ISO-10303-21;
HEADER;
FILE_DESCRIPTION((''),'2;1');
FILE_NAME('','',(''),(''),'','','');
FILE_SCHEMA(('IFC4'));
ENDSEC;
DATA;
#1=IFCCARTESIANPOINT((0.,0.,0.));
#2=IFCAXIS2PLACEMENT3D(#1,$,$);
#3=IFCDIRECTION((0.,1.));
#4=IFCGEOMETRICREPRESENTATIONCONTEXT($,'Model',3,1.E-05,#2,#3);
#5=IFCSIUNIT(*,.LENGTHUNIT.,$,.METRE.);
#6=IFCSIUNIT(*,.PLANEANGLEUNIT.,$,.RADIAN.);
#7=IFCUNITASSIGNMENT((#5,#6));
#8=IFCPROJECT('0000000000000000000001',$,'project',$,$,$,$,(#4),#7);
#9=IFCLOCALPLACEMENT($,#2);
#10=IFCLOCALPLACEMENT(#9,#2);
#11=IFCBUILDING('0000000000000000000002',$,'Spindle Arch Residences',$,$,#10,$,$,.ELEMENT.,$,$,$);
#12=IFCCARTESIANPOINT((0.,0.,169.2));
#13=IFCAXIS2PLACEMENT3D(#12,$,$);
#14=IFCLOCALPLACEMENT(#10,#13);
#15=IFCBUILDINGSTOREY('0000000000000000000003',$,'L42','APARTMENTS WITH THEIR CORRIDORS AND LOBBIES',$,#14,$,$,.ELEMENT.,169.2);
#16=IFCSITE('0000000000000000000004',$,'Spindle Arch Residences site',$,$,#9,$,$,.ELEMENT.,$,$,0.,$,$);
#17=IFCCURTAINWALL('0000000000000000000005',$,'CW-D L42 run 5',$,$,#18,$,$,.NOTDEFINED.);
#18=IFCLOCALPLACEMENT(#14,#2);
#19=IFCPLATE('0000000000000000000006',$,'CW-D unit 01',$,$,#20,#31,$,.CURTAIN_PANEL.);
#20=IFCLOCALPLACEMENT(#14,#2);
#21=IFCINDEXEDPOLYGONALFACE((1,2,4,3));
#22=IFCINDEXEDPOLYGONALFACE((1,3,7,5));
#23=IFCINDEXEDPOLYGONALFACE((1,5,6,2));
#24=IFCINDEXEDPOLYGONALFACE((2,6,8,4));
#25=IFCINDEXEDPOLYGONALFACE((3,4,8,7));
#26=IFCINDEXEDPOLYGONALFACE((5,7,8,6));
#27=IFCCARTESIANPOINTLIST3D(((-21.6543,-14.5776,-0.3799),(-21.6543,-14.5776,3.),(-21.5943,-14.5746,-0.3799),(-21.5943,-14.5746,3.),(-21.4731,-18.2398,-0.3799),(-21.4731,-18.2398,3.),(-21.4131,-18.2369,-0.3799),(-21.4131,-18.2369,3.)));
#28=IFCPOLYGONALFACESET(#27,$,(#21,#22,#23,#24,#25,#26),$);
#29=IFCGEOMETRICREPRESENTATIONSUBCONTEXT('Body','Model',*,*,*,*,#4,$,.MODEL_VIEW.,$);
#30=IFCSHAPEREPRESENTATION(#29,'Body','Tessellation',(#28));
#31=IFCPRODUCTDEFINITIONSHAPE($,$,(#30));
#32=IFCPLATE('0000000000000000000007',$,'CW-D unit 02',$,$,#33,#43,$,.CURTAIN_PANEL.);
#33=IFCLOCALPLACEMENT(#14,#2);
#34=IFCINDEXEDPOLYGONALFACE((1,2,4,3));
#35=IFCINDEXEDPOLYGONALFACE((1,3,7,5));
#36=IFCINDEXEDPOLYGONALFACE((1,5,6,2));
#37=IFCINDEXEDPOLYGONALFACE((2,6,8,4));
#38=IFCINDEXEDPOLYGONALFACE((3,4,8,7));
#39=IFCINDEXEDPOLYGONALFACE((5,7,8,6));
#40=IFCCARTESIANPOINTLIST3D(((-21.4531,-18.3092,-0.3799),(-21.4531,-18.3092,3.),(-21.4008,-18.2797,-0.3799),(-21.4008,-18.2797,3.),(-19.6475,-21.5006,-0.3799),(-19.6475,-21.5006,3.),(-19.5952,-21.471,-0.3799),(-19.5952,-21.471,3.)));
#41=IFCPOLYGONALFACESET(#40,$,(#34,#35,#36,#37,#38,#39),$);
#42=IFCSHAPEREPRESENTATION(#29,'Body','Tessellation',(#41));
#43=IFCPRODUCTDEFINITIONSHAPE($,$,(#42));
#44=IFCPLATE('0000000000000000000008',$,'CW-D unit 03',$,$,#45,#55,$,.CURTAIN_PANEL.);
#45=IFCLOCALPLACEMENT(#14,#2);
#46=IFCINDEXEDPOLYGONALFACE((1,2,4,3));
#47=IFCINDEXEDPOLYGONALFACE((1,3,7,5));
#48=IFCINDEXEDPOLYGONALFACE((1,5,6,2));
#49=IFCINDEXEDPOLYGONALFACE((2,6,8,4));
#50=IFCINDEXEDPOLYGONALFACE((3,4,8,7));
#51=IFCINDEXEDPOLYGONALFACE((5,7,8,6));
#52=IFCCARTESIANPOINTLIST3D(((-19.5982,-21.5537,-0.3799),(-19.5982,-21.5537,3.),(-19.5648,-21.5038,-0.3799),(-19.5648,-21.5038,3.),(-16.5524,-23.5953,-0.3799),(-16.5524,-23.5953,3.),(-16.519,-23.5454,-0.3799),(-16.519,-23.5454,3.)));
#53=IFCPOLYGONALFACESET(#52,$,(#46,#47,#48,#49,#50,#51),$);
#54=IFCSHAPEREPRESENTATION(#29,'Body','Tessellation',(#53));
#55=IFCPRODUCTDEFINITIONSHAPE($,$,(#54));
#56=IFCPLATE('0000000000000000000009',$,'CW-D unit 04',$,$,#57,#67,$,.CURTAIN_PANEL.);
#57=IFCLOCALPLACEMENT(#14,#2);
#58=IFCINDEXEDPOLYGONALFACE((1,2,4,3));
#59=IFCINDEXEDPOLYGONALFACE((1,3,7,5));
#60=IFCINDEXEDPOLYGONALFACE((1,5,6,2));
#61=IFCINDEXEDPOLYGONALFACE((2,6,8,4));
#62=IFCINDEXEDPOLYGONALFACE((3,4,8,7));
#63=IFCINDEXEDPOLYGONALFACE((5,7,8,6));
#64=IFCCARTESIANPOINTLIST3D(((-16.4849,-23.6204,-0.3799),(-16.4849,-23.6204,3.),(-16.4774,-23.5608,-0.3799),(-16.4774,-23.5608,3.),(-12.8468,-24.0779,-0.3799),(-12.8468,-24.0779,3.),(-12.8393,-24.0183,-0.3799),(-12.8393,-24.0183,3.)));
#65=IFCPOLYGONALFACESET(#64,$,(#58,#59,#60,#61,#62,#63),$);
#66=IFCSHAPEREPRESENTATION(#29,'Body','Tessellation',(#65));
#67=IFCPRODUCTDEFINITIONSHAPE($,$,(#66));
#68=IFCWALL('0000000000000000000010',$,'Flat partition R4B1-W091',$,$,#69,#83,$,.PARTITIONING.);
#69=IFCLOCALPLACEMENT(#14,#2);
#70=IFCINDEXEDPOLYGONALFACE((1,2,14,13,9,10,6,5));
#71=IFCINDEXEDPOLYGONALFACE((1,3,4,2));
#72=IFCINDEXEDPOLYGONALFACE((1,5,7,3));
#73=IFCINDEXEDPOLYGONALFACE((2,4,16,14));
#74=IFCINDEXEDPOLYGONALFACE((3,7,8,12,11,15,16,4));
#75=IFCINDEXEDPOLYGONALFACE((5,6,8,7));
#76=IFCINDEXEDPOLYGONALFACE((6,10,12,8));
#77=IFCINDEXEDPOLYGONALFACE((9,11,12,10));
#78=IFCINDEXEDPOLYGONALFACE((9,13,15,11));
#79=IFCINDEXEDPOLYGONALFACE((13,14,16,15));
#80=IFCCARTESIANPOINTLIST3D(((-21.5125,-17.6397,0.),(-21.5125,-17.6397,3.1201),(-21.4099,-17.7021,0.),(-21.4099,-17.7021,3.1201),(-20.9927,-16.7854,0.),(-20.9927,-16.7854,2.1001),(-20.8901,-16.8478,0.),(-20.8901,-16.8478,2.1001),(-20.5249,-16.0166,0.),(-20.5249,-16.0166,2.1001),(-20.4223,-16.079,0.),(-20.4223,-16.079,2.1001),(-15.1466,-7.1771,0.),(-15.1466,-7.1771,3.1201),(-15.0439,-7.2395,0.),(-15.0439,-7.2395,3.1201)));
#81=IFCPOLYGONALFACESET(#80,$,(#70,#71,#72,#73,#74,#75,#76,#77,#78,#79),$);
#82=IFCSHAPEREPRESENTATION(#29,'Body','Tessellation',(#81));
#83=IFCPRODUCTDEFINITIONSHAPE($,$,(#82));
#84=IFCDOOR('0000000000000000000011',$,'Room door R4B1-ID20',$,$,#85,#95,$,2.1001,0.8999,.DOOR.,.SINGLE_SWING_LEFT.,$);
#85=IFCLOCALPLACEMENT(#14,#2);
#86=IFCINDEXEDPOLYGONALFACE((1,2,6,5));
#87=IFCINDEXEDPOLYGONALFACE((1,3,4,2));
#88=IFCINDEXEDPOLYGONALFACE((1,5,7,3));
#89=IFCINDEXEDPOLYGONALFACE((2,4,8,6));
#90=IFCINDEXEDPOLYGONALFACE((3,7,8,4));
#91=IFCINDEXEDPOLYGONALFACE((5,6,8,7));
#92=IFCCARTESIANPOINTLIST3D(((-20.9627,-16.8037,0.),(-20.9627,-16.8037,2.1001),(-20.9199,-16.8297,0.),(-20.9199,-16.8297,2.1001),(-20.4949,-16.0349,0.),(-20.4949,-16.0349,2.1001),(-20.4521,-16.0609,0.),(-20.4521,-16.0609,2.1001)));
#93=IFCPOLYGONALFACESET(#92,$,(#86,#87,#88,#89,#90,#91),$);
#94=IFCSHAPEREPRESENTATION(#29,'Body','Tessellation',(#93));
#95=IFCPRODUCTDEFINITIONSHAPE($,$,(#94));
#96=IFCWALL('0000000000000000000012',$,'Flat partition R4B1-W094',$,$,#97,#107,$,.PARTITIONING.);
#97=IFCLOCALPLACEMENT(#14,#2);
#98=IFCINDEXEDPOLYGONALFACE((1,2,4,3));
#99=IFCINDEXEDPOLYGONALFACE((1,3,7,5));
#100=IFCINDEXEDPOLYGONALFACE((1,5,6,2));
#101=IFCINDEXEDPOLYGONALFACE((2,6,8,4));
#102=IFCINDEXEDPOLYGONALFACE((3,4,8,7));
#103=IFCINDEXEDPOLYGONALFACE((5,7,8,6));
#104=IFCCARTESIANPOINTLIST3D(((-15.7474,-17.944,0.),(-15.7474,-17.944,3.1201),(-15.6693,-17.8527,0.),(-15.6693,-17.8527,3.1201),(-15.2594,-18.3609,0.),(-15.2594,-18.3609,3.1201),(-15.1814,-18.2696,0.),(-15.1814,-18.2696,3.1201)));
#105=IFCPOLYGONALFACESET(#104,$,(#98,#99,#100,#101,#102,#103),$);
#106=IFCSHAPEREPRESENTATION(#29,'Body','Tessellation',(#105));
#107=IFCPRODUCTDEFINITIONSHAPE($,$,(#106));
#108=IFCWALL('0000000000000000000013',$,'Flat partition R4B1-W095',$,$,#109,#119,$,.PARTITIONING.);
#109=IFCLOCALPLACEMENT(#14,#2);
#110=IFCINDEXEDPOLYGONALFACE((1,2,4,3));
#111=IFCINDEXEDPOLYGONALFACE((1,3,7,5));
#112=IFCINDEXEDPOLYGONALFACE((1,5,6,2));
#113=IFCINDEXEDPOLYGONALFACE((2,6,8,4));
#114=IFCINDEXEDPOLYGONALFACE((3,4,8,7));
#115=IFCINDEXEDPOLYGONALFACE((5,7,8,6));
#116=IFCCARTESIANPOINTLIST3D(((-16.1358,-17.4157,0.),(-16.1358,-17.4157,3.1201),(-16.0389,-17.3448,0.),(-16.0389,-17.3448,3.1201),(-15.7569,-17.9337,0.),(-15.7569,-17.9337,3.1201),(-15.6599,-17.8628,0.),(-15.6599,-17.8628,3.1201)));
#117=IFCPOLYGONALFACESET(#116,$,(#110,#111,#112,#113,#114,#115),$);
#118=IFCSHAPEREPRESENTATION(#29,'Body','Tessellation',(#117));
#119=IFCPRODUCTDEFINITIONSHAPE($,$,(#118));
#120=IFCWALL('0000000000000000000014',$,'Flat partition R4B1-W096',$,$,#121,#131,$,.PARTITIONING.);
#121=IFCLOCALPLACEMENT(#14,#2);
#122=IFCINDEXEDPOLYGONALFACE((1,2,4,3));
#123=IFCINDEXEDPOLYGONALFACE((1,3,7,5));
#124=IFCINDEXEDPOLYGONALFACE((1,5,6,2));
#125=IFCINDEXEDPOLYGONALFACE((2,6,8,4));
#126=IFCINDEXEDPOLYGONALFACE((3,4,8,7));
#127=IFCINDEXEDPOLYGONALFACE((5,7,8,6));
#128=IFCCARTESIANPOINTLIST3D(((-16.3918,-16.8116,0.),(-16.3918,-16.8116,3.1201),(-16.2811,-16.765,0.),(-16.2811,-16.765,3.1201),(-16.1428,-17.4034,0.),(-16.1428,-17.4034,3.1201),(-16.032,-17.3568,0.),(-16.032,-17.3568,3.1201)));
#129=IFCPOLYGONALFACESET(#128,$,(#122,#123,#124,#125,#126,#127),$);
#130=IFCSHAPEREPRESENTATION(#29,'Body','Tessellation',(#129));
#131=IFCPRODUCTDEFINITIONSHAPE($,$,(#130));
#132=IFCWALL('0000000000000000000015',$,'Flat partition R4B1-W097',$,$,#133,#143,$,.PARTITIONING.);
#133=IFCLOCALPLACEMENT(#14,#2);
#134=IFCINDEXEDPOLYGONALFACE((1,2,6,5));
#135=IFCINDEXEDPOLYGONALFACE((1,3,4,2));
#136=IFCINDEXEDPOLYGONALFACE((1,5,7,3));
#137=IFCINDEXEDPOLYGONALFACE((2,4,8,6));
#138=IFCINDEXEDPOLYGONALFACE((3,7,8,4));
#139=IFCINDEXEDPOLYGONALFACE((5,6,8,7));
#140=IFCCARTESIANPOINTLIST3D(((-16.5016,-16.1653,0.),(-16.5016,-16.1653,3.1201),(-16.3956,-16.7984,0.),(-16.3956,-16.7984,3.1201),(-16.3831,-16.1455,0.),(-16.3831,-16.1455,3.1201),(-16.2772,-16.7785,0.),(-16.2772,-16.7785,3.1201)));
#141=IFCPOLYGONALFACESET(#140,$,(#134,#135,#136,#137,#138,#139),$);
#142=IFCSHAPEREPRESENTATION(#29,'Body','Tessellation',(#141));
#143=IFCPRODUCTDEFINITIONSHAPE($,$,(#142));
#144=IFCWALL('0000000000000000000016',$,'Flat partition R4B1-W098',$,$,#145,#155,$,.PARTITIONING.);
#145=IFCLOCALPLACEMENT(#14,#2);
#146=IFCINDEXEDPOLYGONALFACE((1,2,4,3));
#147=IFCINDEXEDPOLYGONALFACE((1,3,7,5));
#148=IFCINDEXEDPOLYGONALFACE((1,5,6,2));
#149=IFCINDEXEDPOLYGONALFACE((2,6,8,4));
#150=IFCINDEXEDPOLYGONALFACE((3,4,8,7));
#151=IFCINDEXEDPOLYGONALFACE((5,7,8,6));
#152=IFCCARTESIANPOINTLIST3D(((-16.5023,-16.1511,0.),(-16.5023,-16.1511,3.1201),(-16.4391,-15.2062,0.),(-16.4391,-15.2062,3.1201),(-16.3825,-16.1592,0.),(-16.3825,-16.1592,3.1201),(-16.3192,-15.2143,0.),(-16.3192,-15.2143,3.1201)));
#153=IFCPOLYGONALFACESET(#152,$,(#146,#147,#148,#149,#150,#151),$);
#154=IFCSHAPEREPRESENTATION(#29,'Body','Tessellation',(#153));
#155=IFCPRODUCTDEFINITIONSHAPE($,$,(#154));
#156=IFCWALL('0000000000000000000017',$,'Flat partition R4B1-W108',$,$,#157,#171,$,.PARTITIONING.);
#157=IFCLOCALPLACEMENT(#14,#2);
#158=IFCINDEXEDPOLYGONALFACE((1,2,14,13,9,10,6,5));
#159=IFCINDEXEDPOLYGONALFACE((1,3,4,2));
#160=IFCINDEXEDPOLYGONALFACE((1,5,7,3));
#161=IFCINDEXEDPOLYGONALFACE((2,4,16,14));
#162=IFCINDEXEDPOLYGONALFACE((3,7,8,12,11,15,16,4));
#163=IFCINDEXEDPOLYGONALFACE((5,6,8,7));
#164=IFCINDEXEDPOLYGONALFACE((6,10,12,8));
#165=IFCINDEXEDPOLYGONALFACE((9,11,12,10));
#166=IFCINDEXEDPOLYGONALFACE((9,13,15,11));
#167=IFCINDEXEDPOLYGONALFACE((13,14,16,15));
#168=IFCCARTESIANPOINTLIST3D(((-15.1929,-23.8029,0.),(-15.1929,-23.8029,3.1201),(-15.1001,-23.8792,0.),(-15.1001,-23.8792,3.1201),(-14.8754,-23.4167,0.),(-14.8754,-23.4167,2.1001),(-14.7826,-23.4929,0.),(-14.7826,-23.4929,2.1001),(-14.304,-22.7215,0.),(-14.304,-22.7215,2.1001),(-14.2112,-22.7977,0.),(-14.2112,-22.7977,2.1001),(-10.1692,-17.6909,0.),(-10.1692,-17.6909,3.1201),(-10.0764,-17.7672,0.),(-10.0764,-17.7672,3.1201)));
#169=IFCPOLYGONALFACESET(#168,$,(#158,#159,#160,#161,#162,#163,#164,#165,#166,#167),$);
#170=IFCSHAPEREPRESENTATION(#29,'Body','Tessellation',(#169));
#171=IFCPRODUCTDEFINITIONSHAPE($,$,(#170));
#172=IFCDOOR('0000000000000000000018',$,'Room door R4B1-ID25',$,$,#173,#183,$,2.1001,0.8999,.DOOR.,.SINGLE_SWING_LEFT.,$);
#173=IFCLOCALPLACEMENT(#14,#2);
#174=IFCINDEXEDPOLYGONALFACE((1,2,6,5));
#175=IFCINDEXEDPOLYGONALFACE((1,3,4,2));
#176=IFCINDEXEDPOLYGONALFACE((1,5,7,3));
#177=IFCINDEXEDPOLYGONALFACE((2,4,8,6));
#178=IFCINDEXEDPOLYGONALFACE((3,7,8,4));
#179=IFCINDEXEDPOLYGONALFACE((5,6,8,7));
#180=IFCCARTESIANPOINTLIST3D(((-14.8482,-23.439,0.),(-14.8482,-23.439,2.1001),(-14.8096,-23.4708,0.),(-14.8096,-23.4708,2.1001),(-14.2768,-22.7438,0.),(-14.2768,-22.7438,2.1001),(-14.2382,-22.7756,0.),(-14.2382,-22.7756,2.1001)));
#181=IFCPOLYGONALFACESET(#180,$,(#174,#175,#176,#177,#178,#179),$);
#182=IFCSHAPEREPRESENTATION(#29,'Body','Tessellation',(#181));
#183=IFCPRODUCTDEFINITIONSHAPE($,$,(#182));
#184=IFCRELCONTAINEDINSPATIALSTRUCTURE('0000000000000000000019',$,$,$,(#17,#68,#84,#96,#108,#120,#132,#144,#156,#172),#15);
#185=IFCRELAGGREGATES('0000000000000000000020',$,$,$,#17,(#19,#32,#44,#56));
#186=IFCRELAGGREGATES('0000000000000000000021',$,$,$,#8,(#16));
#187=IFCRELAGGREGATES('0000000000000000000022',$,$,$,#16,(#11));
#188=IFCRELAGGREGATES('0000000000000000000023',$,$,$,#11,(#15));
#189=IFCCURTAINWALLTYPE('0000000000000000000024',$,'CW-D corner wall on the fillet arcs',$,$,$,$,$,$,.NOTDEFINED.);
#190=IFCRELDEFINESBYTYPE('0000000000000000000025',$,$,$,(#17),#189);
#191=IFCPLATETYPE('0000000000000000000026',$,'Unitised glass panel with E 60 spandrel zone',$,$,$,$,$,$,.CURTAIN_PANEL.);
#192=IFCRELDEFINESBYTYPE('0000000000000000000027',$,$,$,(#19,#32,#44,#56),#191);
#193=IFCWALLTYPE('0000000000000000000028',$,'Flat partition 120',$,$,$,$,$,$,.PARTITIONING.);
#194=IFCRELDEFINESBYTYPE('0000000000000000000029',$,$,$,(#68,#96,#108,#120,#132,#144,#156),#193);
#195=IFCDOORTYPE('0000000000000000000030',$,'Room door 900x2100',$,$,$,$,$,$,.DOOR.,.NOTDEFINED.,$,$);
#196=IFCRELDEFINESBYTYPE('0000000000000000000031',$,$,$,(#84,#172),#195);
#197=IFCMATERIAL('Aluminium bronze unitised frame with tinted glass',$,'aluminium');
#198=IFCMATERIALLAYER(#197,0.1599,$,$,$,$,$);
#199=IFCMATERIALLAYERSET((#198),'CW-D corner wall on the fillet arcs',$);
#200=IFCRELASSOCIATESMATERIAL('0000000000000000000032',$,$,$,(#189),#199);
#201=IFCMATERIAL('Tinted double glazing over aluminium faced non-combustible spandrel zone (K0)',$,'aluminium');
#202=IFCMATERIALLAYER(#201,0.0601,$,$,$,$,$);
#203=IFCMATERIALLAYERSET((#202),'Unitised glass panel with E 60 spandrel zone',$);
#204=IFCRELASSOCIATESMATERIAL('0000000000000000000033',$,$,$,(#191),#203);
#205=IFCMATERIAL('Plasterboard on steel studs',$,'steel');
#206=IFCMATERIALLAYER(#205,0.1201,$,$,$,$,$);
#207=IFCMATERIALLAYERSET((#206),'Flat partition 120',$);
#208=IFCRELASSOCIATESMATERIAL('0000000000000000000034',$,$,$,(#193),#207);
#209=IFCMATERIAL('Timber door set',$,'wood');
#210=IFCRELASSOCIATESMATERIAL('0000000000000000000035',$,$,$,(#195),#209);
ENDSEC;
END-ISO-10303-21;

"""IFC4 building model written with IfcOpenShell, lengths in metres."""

from ifc_helpers import new_model, si_unit, direction, frame, frame_2d, origin, origin_2d, place, context, subcontext, project, spatial, rectangle, extrude, material, layer, layer_set, type_object, element, fill, aggregate, save


model = new_model("IFC4")

# Units and contexts
model_context = context("Model", 3, precision=1e-05, world=origin(), true_north=direction((0.0, 1.0)))
body_context = subcontext(model_context, "Body", "Model", "MODEL_VIEW")
ifc_project = project(units=[si_unit("LENGTHUNIT", "METRE"), si_unit("PLANEANGLEUNIT", "RADIAN")], contexts=[model_context])

# Site, building, storey
site_placement = place(None, origin())
site = spatial("IfcSite", under=ifc_project, at=site_placement, Name="Spindle Arch Residences site", CompositionType="ELEMENT", RefElevation=0.0)
building_placement = place(site_placement, origin())
building = spatial("IfcBuilding", under=site, at=building_placement, Name="Spindle Arch Residences", CompositionType="ELEMENT")
storey_placement = place(building_placement, frame((0.0, 0.0, 169.2)))
storey = spatial("IfcBuildingStorey", under=building, at=storey_placement, Name="L42", Description="APARTMENTS WITH THEIR CORRIDORS AND LOBBIES", CompositionType="ELEMENT", Elevation=169.2)

# Curtain wall
ifc_material_1 = material(Name="Aluminium bronze unitised frame with tinted glass", Category="aluminium")
ifc_layer_1 = layer(ifc_material_1, 0.1599)
ifc_layer_set_1 = layer_set([ifc_layer_1], Name="CW-D corner wall on the fillet arcs")
curtain_wall_type = type_object("IfcCurtainWallType", Name="CW-D corner wall on the fillet arcs", PredefinedType="NOTDEFINED", material=ifc_layer_set_1)
curtain_wall_placement = place(storey_placement, origin())
curtain_wall = element("IfcCurtainWall", 1, at=curtain_wall_placement, inside=storey, type_object=curtain_wall_type, Name="CW-D L42 run 5", PredefinedType="NOTDEFINED")

# Plates
ifc_material_2 = material(Name="Tinted double glazing over aluminium faced non-combustible spandrel zone (K0)", Category="aluminium")
ifc_layer_2 = layer(ifc_material_2, 0.0601)
ifc_layer_set_2 = layer_set([ifc_layer_2], Name="Unitised glass panel with E 60 spandrel zone")
plate_type = type_object("IfcPlateType", Name="Unitised glass panel with E 60 spandrel zone", PredefinedType="CURTAIN_PANEL", material=ifc_layer_set_2)
plate_1_placement = place(storey_placement, frame((-21.5337, -16.4072, -0.3799), z_axis=(0.0, 0.0, 1.0), x_axis=(0.049431, -0.998778, 0.0)))
plate_1 = element("IfcPlate", 2, at=plate_1_placement, type_object=plate_type, Name="CW-D unit 01", PredefinedType="CURTAIN_PANEL", context=body_context, shape_type="SweptSolid", body=[
    extrude(rectangle(XDim=3.6667, YDim=0.0601, at=origin_2d()), origin(), (0.0, 0.0, 1.0), 3.3799),
])
plate_2_placement = place(storey_placement, frame((-20.5242, -19.8901, -0.3799), z_axis=(0.0, 0.0, 1.0), x_axis=(0.492424, -0.870356, 0.0)))
plate_2 = element("IfcPlate", 3, at=plate_2_placement, type_object=plate_type, Name="CW-D unit 02", PredefinedType="CURTAIN_PANEL", context=body_context, shape_type="SweptSolid", body=[
    extrude(rectangle(XDim=3.6667, YDim=0.0601, at=origin_2d()), origin(), (0.0, 0.0, 1.0), 3.3799),
])
plate_3_placement = place(storey_placement, frame((-18.0586, -22.5496, -0.3799), z_axis=(0.0, 0.0, 1.0), x_axis=(0.830661, -0.556779, 0.0)))
plate_3 = element("IfcPlate", 4, at=plate_3_placement, type_object=plate_type, Name="CW-D unit 03", PredefinedType="CURTAIN_PANEL", context=body_context, shape_type="SweptSolid", body=[
    extrude(rectangle(XDim=3.6667, YDim=0.0601, at=origin_2d()), origin(), (0.0, 0.0, 1.0), 3.3799),
])
plate_4_placement = place(storey_placement, frame((-14.6621, -23.8193, -0.3799), z_axis=(0.0, 0.0, 1.0), x_axis=(0.992187, -0.124756, 0.0)))
plate_4 = element("IfcPlate", 5, at=plate_4_placement, type_object=plate_type, Name="CW-D unit 04", PredefinedType="CURTAIN_PANEL", context=body_context, shape_type="SweptSolid", body=[
    extrude(rectangle(XDim=3.6667, YDim=0.0601, at=origin_2d()), origin(), (0.0, 0.0, 1.0), 3.3799),
])
aggregate(curtain_wall, [plate_1, plate_2, plate_3, plate_4])

# Wall, opening, door
ifc_material_3 = material(Name="Plasterboard on steel studs", Category="steel")
ifc_layer_3 = layer(ifc_material_3, 0.1201)
ifc_layer_set_3 = layer_set([ifc_layer_3], Name="Flat partition 120")
wall_type_1 = type_object("IfcWallType", Name="Flat partition 120", PredefinedType="PARTITIONING", material=ifc_layer_set_3)
wall_1_placement = place(storey_placement, frame((-21.4612, -17.6709, 0.0), z_axis=(0.0, 0.0, 1.0), x_axis=(0.519792, 0.854293, 0.0)))
wall_1 = element("IfcWall", 6, at=wall_1_placement, inside=storey, type_object=wall_type_1, Name="Flat partition R4B1-W091", PredefinedType="PARTITIONING", context=body_context, shape_type="SweptSolid", body=[
    extrude(rectangle(XDim=12.2471, YDim=0.1201, at=frame_2d((6.1235, 0.0))), origin(), (0.0, 0.0, 1.0), 3.1201),
])
opening_1_placement = place(wall_1_placement, frame((1.0, 0.0, 0.0)))
opening_1 = element("IfcOpeningElement", 7, at=opening_1_placement, cuts=wall_1, PredefinedType="OPENING", context=body_context, shape_type="SweptSolid", body=[
    extrude(rectangle(XDim=0.8999, YDim=2.1001, at=frame_2d((0.45, 1.05))), frame((0.0, 0.0701, 0.0), z_axis=(0.0, -1.0, 0.0), x_axis=(1.0, 0.0, 0.0)), (0.0, 0.0, 1.0), 0.1401),
])
ifc_material_4 = material(Name="Timber door set", Category="wood")
door_type = type_object("IfcDoorType", Name="Room door 900x2100", OperationType="NOTDEFINED", PredefinedType="DOOR", material=ifc_material_4)
door_1_placement = place(opening_1_placement, origin())
door_1 = element("IfcDoor", 8, at=door_1_placement, inside=storey, type_object=door_type, Name="Room door R4B1-ID20", OperationType="SINGLE_SWING_LEFT", OverallHeight=2.1001, OverallWidth=0.8999, PredefinedType="DOOR", context=body_context, shape_type="SweptSolid", body=[
    extrude(rectangle(XDim=0.8999, YDim=2.1001, at=frame_2d((0.45, 1.05))), frame((0.0, 0.0249, 0.0), z_axis=(0.0, -1.0, 0.0), x_axis=(1.0, 0.0, 0.0)), (0.0, 0.0, 1.0), 0.05),
])
fill(opening_1, door_1)

# Walls
for number, where, z_axis, x_axis, name in (
    (9, (-15.2205, -18.3152, 0.0), (0.0, 0.0, 1.0), (-0.760276, 0.6496, 0.0), "Flat partition R4B1-W094"),
    (10, (-15.7085, -17.8982, 0.0), (0.0, 0.0, 1.0), (-0.590341, 0.807154, 0.0), "Flat partition R4B1-W095"),
):
    element("IfcWall", number, at=place(storey_placement, frame(where, z_axis=z_axis, x_axis=x_axis)), inside=storey, type_object=wall_type_1, Name=name, PredefinedType="PARTITIONING", context=body_context, shape_type="SweptSolid", body=[
        extrude(rectangle(XDim=0.6418, YDim=0.1201, at=frame_2d((0.3208, 0.0))), origin(), (0.0, 0.0, 1.0), 3.1201),
    ])
wall_2_placement = place(storey_placement, frame((-16.0874, -17.3801, 0.0), z_axis=(0.0, 0.0, 1.0), x_axis=(-0.387853, 0.921721, 0.0)))
element("IfcWall", 11, at=wall_2_placement, inside=storey, type_object=wall_type_1, Name="Flat partition R4B1-W096", PredefinedType="PARTITIONING", context=body_context, shape_type="SweptSolid", body=[
    extrude(rectangle(XDim=0.6421, YDim=0.1201, at=frame_2d((0.321, 0.0))), origin(), (0.0, 0.0, 1.0), 3.1201),
])
wall_3_placement = place(storey_placement, frame((-16.3364, -16.7883, 0.0), z_axis=(0.0, 0.0, 1.0), x_axis=(-0.165077, 0.986281, 0.0)))
element("IfcWall", 12, at=wall_3_placement, inside=storey, type_object=wall_type_1, Name="Flat partition R4B1-W097", PredefinedType="PARTITIONING", context=body_context, shape_type="SweptSolid", body=[
    extrude(rectangle(XDim=0.6418, YDim=0.1201, at=frame_2d((0.3208, 0.0))), origin(), (0.0, 0.0, 1.0), 3.1201),
])
wall_4_placement = place(storey_placement, frame((-16.4424, -16.1553, 0.0), z_axis=(0.0, 0.0, 1.0), x_axis=(0.066776, 0.997768, 0.0)))
element("IfcWall", 13, at=wall_4_placement, inside=storey, type_object=wall_type_1, Name="Flat partition R4B1-W098", PredefinedType="PARTITIONING", context=body_context, shape_type="SweptSolid", body=[
    extrude(rectangle(XDim=0.947, YDim=0.1201, at=frame_2d((0.4736, 0.0))), origin(), (0.0, 0.0, 1.0), 3.1201),
])

# Wall, opening, door
wall_5_placement = place(storey_placement, frame((-15.1465, -23.8411, 0.0), z_axis=(0.0, 0.0, 1.0), x_axis=(0.63497, 0.772536, 0.0)))
wall_5 = element("IfcWall", 14, at=wall_5_placement, inside=storey, type_object=wall_type_1, Name="Flat partition R4B1-W108", PredefinedType="PARTITIONING", context=body_context, shape_type="SweptSolid", body=[
    extrude(rectangle(XDim=7.9116, YDim=0.1201, at=frame_2d((3.9558, 0.0))), origin(), (0.0, 0.0, 1.0), 3.1201),
])
opening_2_placement = place(wall_5_placement, frame((0.5, 0.0, 0.0)))
opening_2 = element("IfcOpeningElement", 15, at=opening_2_placement, cuts=wall_5, PredefinedType="OPENING", context=body_context, shape_type="SweptSolid", body=[
    extrude(rectangle(XDim=0.8999, YDim=2.1001, at=frame_2d((0.45, 1.05))), frame((0.0, 0.0701, 0.0), z_axis=(0.0, -1.0, 0.0), x_axis=(1.0, 0.0, 0.0)), (0.0, 0.0, 1.0), 0.1401),
])
door_2_placement = place(opening_2_placement, origin())
door_2 = element("IfcDoor", 16, at=door_2_placement, inside=storey, type_object=door_type, Name="Room door R4B1-ID25", OperationType="SINGLE_SWING_LEFT", OverallHeight=2.1001, OverallWidth=0.8999, PredefinedType="DOOR", context=body_context, shape_type="SweptSolid", body=[
    extrude(rectangle(XDim=0.8999, YDim=2.1001, at=frame_2d((0.45, 1.05))), frame((0.0, 0.0249, 0.0), z_axis=(0.0, -1.0, 0.0), x_axis=(1.0, 0.0, 0.0)), (0.0, 0.0, 1.0), 0.05),
])
fill(opening_2, door_2)

save(model, "model.ifc")
